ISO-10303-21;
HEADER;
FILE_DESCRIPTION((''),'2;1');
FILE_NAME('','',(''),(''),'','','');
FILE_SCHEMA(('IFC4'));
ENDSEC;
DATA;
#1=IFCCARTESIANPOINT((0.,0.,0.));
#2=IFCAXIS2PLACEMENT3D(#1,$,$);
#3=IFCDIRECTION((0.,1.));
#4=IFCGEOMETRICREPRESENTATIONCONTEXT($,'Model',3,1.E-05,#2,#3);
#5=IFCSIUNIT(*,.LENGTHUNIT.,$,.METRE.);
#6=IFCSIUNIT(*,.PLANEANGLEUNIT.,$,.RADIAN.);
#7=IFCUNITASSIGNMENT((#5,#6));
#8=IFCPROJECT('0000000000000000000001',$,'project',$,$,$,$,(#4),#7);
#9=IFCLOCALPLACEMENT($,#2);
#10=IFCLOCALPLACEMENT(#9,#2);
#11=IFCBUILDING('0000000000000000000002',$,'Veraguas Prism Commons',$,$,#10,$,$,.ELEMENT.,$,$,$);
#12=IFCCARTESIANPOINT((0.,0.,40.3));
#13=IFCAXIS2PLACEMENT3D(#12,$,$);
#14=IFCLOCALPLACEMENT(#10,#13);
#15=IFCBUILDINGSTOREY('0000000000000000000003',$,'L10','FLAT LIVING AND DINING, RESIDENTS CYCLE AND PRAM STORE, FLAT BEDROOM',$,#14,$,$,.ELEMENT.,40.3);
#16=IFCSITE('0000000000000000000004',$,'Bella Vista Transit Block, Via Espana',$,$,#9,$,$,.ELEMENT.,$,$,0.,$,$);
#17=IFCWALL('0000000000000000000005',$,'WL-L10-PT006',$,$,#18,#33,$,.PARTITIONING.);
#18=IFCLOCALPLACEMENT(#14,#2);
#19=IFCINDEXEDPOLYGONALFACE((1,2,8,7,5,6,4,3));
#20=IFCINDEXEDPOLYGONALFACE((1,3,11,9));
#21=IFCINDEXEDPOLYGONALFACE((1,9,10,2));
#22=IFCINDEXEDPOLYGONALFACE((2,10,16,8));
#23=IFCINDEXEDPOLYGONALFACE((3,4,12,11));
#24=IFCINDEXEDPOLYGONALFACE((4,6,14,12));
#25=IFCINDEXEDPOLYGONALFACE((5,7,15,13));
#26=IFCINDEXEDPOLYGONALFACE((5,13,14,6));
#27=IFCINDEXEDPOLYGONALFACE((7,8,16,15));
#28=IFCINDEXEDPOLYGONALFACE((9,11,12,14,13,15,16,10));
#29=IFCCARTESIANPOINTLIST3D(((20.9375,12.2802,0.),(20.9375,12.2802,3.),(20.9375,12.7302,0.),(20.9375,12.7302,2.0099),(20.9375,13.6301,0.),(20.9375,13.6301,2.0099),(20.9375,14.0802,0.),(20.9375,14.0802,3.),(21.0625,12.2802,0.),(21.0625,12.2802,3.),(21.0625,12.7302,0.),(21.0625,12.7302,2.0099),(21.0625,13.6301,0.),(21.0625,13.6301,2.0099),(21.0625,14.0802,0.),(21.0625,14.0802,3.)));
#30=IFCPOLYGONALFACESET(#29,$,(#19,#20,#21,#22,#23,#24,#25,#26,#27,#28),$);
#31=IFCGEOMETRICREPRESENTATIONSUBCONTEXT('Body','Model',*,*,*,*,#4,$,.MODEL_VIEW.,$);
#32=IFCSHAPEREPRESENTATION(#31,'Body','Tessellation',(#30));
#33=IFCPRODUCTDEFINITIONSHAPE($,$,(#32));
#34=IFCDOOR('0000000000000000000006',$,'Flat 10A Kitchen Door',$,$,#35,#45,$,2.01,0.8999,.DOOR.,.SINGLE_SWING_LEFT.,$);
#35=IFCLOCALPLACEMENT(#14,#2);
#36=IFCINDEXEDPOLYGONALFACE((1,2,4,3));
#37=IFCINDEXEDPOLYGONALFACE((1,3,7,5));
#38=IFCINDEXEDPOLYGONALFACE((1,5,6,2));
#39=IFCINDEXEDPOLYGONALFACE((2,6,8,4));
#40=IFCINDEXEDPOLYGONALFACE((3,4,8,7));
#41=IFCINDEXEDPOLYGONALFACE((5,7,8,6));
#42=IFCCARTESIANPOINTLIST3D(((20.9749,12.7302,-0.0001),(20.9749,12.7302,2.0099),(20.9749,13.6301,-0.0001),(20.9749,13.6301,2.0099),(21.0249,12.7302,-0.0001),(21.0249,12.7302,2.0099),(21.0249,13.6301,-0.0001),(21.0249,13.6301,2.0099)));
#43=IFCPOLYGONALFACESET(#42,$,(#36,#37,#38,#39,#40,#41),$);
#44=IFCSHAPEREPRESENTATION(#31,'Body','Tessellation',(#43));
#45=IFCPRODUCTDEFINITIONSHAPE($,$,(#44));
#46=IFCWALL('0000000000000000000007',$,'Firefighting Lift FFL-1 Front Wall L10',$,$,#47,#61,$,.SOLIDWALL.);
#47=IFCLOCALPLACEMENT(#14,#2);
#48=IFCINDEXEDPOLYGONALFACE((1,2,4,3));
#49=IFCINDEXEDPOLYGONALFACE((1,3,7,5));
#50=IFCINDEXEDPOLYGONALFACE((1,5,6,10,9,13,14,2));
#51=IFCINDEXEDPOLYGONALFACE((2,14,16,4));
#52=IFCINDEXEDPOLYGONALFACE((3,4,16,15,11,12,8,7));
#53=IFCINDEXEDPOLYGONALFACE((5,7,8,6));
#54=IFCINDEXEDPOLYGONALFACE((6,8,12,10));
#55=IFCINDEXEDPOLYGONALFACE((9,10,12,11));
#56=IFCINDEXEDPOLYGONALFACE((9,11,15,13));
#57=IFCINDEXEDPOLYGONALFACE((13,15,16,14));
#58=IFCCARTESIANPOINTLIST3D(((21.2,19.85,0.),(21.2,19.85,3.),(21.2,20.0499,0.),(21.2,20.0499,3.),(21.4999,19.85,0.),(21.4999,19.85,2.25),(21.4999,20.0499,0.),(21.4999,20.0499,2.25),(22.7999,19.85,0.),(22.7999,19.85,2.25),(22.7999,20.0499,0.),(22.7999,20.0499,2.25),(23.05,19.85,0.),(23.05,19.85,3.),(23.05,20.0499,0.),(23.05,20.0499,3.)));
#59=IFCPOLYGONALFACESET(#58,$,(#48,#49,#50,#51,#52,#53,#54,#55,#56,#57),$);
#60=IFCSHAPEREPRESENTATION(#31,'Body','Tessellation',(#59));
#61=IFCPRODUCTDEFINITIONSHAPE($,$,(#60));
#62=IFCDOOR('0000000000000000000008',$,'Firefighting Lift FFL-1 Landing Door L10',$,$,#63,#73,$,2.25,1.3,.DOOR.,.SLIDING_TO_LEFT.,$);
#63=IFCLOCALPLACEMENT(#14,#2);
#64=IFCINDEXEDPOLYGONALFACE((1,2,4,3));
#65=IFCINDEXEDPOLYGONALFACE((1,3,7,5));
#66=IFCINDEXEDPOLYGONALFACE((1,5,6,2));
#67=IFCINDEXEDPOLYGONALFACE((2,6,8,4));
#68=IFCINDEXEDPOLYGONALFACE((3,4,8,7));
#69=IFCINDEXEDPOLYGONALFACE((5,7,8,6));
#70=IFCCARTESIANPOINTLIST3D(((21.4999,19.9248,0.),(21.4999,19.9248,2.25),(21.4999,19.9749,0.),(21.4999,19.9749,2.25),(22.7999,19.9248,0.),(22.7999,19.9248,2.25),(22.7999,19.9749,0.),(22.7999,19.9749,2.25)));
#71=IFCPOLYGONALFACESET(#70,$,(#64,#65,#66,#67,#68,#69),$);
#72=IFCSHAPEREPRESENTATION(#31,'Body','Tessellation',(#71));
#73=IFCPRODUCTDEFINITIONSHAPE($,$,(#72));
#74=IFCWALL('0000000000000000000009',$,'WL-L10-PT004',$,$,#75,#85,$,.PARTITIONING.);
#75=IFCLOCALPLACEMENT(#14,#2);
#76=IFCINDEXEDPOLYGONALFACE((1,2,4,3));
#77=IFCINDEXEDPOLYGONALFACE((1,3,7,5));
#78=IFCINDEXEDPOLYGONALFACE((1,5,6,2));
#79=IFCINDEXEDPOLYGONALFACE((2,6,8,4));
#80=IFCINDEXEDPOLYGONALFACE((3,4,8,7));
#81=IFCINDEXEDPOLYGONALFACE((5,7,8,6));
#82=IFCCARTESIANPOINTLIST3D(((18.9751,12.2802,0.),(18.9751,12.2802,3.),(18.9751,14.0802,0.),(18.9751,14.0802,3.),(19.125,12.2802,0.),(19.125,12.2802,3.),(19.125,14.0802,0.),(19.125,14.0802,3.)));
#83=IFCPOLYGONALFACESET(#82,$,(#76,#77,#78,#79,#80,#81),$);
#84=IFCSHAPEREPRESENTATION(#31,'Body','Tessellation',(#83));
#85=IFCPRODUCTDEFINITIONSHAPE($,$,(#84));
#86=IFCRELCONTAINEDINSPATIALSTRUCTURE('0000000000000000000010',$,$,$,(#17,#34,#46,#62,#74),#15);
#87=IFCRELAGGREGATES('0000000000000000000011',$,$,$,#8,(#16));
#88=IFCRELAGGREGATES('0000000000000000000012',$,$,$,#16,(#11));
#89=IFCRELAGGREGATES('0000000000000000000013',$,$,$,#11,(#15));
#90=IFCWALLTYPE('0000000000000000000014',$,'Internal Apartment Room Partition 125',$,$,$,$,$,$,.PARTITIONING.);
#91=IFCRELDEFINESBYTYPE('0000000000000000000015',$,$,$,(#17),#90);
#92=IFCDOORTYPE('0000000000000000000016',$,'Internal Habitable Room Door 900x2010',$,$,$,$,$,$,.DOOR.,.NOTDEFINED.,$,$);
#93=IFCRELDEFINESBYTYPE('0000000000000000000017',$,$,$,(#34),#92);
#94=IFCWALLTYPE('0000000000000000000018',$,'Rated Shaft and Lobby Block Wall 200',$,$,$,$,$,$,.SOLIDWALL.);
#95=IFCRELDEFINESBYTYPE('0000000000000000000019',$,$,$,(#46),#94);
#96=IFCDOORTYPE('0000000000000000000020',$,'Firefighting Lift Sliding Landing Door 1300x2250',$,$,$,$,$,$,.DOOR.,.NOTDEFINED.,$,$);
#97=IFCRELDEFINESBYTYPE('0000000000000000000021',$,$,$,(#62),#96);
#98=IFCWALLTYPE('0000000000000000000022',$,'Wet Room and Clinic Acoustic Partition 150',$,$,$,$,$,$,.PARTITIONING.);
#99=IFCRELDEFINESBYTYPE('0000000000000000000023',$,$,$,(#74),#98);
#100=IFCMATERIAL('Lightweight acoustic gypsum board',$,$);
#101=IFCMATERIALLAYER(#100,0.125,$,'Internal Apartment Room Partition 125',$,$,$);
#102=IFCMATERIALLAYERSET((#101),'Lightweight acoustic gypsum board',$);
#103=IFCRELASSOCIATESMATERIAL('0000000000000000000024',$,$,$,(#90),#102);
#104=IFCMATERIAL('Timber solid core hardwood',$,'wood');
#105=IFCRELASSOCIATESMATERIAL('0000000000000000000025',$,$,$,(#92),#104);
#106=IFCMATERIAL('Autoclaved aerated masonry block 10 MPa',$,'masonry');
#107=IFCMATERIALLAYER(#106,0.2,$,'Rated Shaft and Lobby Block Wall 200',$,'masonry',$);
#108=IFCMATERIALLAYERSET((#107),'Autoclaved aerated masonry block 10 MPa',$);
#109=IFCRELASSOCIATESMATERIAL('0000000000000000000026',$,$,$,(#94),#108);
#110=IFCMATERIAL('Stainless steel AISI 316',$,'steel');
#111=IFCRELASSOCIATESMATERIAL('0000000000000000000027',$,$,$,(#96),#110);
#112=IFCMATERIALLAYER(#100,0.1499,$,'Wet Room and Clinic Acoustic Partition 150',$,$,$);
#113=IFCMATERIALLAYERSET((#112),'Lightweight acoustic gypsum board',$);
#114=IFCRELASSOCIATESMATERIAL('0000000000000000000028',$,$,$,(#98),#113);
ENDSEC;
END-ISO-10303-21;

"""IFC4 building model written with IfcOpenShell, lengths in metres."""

from ifc_helpers import new_model, si_unit, direction, frame, frame_2d, origin, place, context, subcontext, project, spatial, rectangle, extrude, source, transform, mapped, material, layer, layer_set, type_object, element, fill, save


model = new_model("IFC4")

# Units and contexts
model_context = context("Model", 3, precision=1e-05, world=origin(), true_north=direction((0.0, 1.0)))
body_context = subcontext(model_context, "Body", "Model", "MODEL_VIEW")
ifc_project = project(units=[si_unit("LENGTHUNIT", "METRE"), si_unit("PLANEANGLEUNIT", "RADIAN")], contexts=[model_context])

# Site, building, storey
site_placement = place(None, origin())
site = spatial("IfcSite", under=ifc_project, at=site_placement, Name="Bella Vista Transit Block, Via Espana", CompositionType="ELEMENT", RefElevation=0.0)
building_placement = place(site_placement, origin())
building = spatial("IfcBuilding", under=site, at=building_placement, Name="Veraguas Prism Commons", CompositionType="ELEMENT")
storey_placement = place(building_placement, frame((0.0, 0.0, 40.3)))
storey = spatial("IfcBuildingStorey", under=building, at=storey_placement, Name="L10", Description="FLAT LIVING AND DINING, RESIDENTS CYCLE AND PRAM STORE, FLAT BEDROOM", CompositionType="ELEMENT", Elevation=40.3)

# Shared definitions
ifc_material_1 = material(Name="Autoclaved aerated masonry block 10 MPa", Category="masonry")

# Walls, openings, doors
shared_shape_1 = source(origin(), body_context, "Body", "SweptSolid", [
    extrude(rectangle(XDim=0.8999, YDim=2.01, at=frame_2d((0.45, 1.0049))), frame((0.0, 0.0249, 0.0), z_axis=(0.0, -1.0, 0.0), x_axis=(1.0, 0.0, 0.0)), (0.0, 0.0, 1.0), 0.05),
])
ifc_material_2 = material(Name="Lightweight acoustic gypsum board")
ifc_layer_1 = layer(ifc_material_2, 0.125, Name="Internal Apartment Room Partition 125")
ifc_layer_set_1 = layer_set([ifc_layer_1], Name="Lightweight acoustic gypsum board")
wall_type_1 = type_object("IfcWallType", Name="Internal Apartment Room Partition 125", PredefinedType="PARTITIONING", material=ifc_layer_set_1)
wall_1_placement = place(storey_placement, frame((21.0, 14.0801, 0.0), z_axis=(0.0, 0.0, 1.0), x_axis=(0.0, -1.0, 0.0)))
wall_1 = element("IfcWall", 1, at=wall_1_placement, inside=storey, type_object=wall_type_1, Name="WL-L10-PT006", PredefinedType="PARTITIONING", context=body_context, shape_type="SweptSolid", body=[
    extrude(rectangle(XDim=1.8, YDim=0.125, at=frame_2d((0.8999, 0.0))), origin(), (0.0, 0.0, 1.0), 3.0),
])
opening_1_placement = place(wall_1_placement, frame((0.45, 0.0, 0.0)))
opening_1 = element("IfcOpeningElement", 2, at=opening_1_placement, cuts=wall_1, PredefinedType="OPENING", context=body_context, shape_type="SweptSolid", body=[
    extrude(rectangle(XDim=0.8999, YDim=2.01, at=frame_2d((0.45, 1.0049))), frame((0.0, 0.0725, 0.0), z_axis=(0.0, -1.0, 0.0), x_axis=(1.0, 0.0, 0.0)), (0.0, 0.0, 1.0), 0.145),
])
ifc_material_3 = material(Name="Timber solid core hardwood", Category="wood")
door_type_1 = type_object("IfcDoorType", Name="Internal Habitable Room Door 900x2010", OperationType="NOTDEFINED", PredefinedType="DOOR", material=ifc_material_3)
door_1_placement = place(opening_1_placement, origin())
door_1 = element("IfcDoor", 3, at=door_1_placement, inside=storey, type_object=door_type_1, Name="Flat 10A Kitchen Door", OperationType="SINGLE_SWING_LEFT", OverallHeight=2.01, OverallWidth=0.8999, PredefinedType="DOOR", context=body_context, shape_type="MappedRepresentation", body=[
    mapped(shared_shape_1, transform((0.0, 0.0, 0.0), scale=1.0)),
])
fill(opening_1, door_1)
ifc_layer_2 = layer(ifc_material_1, 0.2, Name="Rated Shaft and Lobby Block Wall 200", Category="masonry")
ifc_layer_set_2 = layer_set([ifc_layer_2], Name="Autoclaved aerated masonry block 10 MPa")
wall_type_2 = type_object("IfcWallType", Name="Rated Shaft and Lobby Block Wall 200", PredefinedType="SOLIDWALL", material=ifc_layer_set_2)
wall_2_placement = place(storey_placement, frame((21.2, 19.95, 0.0), z_axis=(0.0, 0.0, 1.0), x_axis=(1.0, 0.0, 0.0)))
wall_2 = element("IfcWall", 4, at=wall_2_placement, inside=storey, type_object=wall_type_2, Name="Firefighting Lift FFL-1 Front Wall L10", PredefinedType="SOLIDWALL", context=body_context, shape_type="SweptSolid", body=[
    extrude(rectangle(XDim=1.8501, YDim=0.2, at=frame_2d((0.925, 0.0))), origin(), (0.0, 0.0, 1.0), 3.0),
])
opening_2_placement = place(wall_2_placement, frame((0.3, 0.0, 0.0)))
opening_2 = element("IfcOpeningElement", 5, at=opening_2_placement, cuts=wall_2, PredefinedType="OPENING", context=body_context, shape_type="SweptSolid", body=[
    extrude(rectangle(XDim=1.3, YDim=2.25, at=frame_2d((0.6499, 1.125))), frame((0.0, 0.1099, 0.0), z_axis=(0.0, -1.0, 0.0), x_axis=(1.0, 0.0, 0.0)), (0.0, 0.0, 1.0), 0.22),
])
ifc_material_4 = material(Name="Stainless steel AISI 316", Category="steel")
door_type_2 = type_object("IfcDoorType", Name="Firefighting Lift Sliding Landing Door 1300x2250", OperationType="NOTDEFINED", PredefinedType="DOOR", material=ifc_material_4)
shared_shape_2 = source(origin(), body_context, "Body", "SweptSolid", [
    extrude(rectangle(XDim=1.3, YDim=2.25, at=frame_2d((0.6499, 1.125))), frame((0.0, 0.0249, 0.0), z_axis=(0.0, -1.0, 0.0), x_axis=(1.0, 0.0, 0.0)), (0.0, 0.0, 1.0), 0.05),
])
door_2_placement = place(opening_2_placement, origin())
door_2 = element("IfcDoor", 6, at=door_2_placement, inside=storey, type_object=door_type_2, Name="Firefighting Lift FFL-1 Landing Door L10", OperationType="SLIDING_TO_LEFT", OverallHeight=2.25, OverallWidth=1.3, PredefinedType="DOOR", context=body_context, shape_type="MappedRepresentation", body=[
    mapped(shared_shape_2, transform((0.0, 0.0, 0.0), scale=1.0)),
])
fill(opening_2, door_2)

# Wall
ifc_layer_3 = layer(ifc_material_2, 0.1499, Name="Wet Room and Clinic Acoustic Partition 150")
ifc_layer_set_3 = layer_set([ifc_layer_3], Name="Lightweight acoustic gypsum board")
wall_type_3 = type_object("IfcWallType", Name="Wet Room and Clinic Acoustic Partition 150", PredefinedType="PARTITIONING", material=ifc_layer_set_3)
wall_3_placement = place(storey_placement, frame((19.05, 14.0801, 0.0), z_axis=(0.0, 0.0, 1.0), x_axis=(0.0, -1.0, 0.0)))
element("IfcWall", 7, at=wall_3_placement, inside=storey, type_object=wall_type_3, Name="WL-L10-PT004", PredefinedType="PARTITIONING", context=body_context, shape_type="SweptSolid", body=[
    extrude(rectangle(XDim=1.8, YDim=0.1499, at=frame_2d((0.8999, 0.0))), origin(), (0.0, 0.0, 1.0), 3.0),
])

save(model, "model.ifc")
